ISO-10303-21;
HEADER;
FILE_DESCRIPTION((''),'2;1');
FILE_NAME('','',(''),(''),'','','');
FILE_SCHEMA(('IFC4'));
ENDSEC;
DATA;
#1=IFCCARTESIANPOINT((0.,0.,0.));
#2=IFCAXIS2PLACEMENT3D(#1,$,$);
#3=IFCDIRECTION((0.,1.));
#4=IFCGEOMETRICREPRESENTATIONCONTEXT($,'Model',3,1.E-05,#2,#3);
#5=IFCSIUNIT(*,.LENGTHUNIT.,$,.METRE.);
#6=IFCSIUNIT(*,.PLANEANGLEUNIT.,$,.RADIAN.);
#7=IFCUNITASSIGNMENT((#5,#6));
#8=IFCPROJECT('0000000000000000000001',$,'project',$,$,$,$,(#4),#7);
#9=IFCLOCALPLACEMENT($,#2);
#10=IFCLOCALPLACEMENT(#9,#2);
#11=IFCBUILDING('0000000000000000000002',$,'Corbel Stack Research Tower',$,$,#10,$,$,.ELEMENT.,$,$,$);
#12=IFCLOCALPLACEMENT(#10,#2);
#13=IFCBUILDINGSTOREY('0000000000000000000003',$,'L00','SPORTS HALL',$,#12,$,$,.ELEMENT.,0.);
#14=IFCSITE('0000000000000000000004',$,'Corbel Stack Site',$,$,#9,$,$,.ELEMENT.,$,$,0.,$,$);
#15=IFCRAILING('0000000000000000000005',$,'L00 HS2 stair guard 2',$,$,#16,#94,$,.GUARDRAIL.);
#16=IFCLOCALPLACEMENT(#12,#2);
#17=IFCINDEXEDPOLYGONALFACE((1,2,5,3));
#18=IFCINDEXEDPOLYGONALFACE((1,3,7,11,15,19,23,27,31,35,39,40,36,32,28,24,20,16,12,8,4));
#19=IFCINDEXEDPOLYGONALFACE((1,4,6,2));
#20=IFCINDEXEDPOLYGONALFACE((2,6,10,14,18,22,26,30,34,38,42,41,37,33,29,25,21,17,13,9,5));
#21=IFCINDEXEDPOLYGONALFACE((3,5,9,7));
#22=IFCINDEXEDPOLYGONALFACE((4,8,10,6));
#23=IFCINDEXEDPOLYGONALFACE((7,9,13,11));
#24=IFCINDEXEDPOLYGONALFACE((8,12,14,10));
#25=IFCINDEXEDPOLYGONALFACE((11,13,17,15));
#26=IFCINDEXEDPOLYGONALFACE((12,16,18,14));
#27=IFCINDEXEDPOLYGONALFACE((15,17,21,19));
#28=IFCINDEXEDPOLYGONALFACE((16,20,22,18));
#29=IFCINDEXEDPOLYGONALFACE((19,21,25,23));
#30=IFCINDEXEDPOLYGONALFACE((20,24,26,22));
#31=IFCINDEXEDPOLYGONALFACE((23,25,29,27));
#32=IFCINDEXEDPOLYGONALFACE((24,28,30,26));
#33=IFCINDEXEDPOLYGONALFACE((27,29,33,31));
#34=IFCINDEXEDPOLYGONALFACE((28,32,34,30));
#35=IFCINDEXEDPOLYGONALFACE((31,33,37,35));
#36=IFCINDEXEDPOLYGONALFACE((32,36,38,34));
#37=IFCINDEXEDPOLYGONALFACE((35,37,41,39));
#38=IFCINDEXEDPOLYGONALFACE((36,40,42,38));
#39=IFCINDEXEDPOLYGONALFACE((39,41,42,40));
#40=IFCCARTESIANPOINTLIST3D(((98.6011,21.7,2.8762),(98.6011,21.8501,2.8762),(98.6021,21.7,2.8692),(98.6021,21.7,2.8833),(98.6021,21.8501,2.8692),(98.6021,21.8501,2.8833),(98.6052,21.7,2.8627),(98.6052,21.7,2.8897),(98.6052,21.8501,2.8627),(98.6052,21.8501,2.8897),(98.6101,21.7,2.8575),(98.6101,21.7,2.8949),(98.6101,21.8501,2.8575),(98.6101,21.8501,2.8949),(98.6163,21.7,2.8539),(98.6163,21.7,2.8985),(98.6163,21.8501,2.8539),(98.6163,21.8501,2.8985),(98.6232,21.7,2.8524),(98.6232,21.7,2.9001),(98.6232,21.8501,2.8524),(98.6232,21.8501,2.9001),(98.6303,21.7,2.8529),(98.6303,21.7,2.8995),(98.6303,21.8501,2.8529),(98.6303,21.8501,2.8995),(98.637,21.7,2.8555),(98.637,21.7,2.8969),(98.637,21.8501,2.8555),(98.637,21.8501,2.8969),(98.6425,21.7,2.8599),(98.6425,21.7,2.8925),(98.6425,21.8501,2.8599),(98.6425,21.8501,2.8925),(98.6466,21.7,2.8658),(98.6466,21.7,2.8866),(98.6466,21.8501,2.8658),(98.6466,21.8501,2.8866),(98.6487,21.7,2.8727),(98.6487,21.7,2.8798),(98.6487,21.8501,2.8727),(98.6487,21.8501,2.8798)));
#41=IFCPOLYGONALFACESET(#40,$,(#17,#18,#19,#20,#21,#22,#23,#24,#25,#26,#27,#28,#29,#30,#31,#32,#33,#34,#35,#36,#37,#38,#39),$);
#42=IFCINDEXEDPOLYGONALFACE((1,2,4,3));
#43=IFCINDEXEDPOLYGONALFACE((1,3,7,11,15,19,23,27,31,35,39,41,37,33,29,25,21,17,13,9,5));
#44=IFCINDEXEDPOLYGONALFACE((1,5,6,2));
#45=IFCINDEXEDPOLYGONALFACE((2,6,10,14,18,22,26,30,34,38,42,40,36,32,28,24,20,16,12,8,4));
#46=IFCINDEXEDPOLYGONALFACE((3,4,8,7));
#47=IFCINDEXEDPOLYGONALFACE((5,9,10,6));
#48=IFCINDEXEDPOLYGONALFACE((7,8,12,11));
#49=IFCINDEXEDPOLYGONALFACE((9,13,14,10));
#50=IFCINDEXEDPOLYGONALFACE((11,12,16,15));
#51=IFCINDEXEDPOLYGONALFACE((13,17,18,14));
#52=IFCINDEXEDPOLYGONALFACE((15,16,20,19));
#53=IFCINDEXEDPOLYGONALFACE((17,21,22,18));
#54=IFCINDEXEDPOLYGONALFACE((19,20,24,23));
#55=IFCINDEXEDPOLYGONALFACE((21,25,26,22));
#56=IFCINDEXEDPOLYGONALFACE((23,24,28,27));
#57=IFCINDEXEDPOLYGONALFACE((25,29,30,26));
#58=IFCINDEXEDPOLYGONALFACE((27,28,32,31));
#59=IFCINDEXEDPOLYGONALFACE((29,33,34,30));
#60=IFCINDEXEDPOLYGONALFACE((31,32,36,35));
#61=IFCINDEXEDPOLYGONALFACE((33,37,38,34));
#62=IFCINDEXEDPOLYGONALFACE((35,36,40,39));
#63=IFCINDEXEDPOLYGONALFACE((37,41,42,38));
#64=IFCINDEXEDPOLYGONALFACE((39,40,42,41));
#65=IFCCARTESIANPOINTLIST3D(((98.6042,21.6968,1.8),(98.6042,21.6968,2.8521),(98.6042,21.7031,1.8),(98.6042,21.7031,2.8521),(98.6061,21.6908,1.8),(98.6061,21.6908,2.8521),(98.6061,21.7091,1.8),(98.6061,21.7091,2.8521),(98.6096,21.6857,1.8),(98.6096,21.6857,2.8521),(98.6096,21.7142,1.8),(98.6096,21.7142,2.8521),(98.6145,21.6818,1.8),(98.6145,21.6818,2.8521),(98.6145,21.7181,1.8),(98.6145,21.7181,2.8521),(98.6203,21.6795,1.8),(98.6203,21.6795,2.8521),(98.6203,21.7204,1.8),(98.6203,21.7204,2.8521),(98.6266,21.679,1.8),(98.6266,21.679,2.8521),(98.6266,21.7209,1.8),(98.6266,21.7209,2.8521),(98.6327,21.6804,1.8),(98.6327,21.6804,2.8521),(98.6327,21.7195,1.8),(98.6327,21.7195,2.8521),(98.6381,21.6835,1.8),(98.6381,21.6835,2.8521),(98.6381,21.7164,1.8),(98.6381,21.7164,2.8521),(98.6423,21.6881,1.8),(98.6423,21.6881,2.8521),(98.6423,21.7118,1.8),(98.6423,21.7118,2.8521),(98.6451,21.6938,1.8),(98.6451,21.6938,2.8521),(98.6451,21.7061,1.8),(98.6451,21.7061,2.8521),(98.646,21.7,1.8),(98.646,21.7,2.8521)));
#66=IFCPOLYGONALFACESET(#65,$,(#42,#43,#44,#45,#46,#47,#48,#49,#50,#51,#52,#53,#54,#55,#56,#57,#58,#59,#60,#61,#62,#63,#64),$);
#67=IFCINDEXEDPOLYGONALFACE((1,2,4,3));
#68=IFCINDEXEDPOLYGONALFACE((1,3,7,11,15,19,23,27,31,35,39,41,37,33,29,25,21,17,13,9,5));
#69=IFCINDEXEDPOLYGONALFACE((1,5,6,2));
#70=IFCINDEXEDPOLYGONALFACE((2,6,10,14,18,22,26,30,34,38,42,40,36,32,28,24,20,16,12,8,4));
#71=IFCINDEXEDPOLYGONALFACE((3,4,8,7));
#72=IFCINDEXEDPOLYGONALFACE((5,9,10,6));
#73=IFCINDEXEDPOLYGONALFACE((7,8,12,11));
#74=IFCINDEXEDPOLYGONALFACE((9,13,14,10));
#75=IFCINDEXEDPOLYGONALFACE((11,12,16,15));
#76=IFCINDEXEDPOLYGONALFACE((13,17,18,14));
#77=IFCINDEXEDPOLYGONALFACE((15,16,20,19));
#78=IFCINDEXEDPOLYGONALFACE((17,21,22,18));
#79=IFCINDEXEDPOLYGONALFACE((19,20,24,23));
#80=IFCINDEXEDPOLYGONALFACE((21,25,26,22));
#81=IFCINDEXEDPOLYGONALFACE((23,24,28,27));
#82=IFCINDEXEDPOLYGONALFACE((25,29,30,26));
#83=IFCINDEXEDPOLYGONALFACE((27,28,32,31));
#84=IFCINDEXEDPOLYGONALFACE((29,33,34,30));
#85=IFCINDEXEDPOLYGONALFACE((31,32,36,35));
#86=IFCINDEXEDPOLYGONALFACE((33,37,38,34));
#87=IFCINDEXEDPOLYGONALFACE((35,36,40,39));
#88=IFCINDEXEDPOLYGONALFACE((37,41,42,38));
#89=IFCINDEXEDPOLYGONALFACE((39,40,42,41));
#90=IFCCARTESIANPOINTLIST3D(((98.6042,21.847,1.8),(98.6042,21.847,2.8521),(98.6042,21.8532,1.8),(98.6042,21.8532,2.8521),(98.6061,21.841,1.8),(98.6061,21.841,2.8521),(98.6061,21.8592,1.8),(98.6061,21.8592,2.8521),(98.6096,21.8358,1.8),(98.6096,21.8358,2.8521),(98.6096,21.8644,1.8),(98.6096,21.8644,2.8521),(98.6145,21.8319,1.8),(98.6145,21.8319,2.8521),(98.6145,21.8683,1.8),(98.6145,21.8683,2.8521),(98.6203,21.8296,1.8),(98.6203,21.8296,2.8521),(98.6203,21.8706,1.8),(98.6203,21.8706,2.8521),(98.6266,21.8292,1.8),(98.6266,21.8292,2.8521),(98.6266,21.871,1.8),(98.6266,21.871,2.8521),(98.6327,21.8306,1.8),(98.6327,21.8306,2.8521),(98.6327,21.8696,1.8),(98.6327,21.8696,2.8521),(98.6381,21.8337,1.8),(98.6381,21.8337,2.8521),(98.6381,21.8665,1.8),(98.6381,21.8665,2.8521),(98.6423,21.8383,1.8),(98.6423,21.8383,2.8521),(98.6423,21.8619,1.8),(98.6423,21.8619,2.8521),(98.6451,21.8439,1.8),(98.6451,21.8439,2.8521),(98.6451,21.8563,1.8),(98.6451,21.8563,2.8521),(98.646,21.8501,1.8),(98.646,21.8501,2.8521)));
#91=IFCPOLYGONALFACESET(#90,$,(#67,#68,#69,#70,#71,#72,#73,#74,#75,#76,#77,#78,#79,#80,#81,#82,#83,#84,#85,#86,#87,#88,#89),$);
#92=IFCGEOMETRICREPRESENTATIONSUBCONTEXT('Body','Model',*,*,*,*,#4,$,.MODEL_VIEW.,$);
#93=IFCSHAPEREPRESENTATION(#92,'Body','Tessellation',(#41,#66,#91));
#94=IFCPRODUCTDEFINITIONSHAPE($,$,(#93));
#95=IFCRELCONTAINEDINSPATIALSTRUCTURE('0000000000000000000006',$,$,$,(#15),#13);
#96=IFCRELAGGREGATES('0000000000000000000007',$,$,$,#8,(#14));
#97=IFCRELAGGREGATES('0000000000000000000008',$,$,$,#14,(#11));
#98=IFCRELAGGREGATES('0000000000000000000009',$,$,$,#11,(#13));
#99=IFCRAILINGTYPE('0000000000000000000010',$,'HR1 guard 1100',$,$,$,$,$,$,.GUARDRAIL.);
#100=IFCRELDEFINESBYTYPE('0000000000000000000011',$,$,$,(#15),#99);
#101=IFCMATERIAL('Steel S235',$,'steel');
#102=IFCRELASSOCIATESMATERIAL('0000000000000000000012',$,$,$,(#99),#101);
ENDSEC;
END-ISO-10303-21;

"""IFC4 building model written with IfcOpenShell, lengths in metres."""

from ifc_helpers import new_model, si_unit, direction, frame, origin, origin_2d, place, context, subcontext, project, spatial, circle, extrude, material, type_object, element, save


model = new_model("IFC4")

# Units and contexts
model_context = context("Model", 3, precision=1e-05, world=origin(), true_north=direction((0.0, 1.0)))
body_context = subcontext(model_context, "Body", "Model", "MODEL_VIEW")
ifc_project = project(units=[si_unit("LENGTHUNIT", "METRE"), si_unit("PLANEANGLEUNIT", "RADIAN")], contexts=[model_context])

# Site, building, storey
site_placement = place(None, origin())
site = spatial("IfcSite", under=ifc_project, at=site_placement, Name="Corbel Stack Site", CompositionType="ELEMENT", RefElevation=0.0)
building_placement = place(site_placement, origin())
building = spatial("IfcBuilding", under=site, at=building_placement, Name="Corbel Stack Research Tower", CompositionType="ELEMENT")
storey_placement = place(building_placement, origin())
storey = spatial("IfcBuildingStorey", under=building, at=storey_placement, Name="L00", Description="SPORTS HALL", CompositionType="ELEMENT", Elevation=0.0)

# Railing
ifc_material_1 = material(Name="Steel S235", Category="steel")
railing_type_1 = type_object("IfcRailingType", Name="HR1 guard 1100", PredefinedType="GUARDRAIL", material=ifc_material_1)
railing_1_placement = place(storey_placement, frame((98.625, 21.7, 1.8)))
element("IfcRailing", 1, at=railing_1_placement, inside=storey, type_object=railing_type_1, Name="L00 HS2 stair guard 2", PredefinedType="GUARDRAIL", context=body_context, shape_type="SweptSolid", body=[
    extrude(circle(Radius=0.0239, at=origin_2d()), frame((0.0, 0.0, 1.0762), z_axis=(0.0, 1.0, 0.0), x_axis=(-1.0, 0.0, 0.0)), (0.0, 0.0, 1.0), 0.1501),
    extrude(circle(Radius=0.021, at=origin_2d()), origin(), (0.0, 0.0, 1.0), 1.052),
    extrude(circle(Radius=0.021, at=origin_2d()), frame((0.0, 0.1501, 0.0)), (0.0, 0.0, 1.0), 1.052),
])

save(model, "model.ifc")
